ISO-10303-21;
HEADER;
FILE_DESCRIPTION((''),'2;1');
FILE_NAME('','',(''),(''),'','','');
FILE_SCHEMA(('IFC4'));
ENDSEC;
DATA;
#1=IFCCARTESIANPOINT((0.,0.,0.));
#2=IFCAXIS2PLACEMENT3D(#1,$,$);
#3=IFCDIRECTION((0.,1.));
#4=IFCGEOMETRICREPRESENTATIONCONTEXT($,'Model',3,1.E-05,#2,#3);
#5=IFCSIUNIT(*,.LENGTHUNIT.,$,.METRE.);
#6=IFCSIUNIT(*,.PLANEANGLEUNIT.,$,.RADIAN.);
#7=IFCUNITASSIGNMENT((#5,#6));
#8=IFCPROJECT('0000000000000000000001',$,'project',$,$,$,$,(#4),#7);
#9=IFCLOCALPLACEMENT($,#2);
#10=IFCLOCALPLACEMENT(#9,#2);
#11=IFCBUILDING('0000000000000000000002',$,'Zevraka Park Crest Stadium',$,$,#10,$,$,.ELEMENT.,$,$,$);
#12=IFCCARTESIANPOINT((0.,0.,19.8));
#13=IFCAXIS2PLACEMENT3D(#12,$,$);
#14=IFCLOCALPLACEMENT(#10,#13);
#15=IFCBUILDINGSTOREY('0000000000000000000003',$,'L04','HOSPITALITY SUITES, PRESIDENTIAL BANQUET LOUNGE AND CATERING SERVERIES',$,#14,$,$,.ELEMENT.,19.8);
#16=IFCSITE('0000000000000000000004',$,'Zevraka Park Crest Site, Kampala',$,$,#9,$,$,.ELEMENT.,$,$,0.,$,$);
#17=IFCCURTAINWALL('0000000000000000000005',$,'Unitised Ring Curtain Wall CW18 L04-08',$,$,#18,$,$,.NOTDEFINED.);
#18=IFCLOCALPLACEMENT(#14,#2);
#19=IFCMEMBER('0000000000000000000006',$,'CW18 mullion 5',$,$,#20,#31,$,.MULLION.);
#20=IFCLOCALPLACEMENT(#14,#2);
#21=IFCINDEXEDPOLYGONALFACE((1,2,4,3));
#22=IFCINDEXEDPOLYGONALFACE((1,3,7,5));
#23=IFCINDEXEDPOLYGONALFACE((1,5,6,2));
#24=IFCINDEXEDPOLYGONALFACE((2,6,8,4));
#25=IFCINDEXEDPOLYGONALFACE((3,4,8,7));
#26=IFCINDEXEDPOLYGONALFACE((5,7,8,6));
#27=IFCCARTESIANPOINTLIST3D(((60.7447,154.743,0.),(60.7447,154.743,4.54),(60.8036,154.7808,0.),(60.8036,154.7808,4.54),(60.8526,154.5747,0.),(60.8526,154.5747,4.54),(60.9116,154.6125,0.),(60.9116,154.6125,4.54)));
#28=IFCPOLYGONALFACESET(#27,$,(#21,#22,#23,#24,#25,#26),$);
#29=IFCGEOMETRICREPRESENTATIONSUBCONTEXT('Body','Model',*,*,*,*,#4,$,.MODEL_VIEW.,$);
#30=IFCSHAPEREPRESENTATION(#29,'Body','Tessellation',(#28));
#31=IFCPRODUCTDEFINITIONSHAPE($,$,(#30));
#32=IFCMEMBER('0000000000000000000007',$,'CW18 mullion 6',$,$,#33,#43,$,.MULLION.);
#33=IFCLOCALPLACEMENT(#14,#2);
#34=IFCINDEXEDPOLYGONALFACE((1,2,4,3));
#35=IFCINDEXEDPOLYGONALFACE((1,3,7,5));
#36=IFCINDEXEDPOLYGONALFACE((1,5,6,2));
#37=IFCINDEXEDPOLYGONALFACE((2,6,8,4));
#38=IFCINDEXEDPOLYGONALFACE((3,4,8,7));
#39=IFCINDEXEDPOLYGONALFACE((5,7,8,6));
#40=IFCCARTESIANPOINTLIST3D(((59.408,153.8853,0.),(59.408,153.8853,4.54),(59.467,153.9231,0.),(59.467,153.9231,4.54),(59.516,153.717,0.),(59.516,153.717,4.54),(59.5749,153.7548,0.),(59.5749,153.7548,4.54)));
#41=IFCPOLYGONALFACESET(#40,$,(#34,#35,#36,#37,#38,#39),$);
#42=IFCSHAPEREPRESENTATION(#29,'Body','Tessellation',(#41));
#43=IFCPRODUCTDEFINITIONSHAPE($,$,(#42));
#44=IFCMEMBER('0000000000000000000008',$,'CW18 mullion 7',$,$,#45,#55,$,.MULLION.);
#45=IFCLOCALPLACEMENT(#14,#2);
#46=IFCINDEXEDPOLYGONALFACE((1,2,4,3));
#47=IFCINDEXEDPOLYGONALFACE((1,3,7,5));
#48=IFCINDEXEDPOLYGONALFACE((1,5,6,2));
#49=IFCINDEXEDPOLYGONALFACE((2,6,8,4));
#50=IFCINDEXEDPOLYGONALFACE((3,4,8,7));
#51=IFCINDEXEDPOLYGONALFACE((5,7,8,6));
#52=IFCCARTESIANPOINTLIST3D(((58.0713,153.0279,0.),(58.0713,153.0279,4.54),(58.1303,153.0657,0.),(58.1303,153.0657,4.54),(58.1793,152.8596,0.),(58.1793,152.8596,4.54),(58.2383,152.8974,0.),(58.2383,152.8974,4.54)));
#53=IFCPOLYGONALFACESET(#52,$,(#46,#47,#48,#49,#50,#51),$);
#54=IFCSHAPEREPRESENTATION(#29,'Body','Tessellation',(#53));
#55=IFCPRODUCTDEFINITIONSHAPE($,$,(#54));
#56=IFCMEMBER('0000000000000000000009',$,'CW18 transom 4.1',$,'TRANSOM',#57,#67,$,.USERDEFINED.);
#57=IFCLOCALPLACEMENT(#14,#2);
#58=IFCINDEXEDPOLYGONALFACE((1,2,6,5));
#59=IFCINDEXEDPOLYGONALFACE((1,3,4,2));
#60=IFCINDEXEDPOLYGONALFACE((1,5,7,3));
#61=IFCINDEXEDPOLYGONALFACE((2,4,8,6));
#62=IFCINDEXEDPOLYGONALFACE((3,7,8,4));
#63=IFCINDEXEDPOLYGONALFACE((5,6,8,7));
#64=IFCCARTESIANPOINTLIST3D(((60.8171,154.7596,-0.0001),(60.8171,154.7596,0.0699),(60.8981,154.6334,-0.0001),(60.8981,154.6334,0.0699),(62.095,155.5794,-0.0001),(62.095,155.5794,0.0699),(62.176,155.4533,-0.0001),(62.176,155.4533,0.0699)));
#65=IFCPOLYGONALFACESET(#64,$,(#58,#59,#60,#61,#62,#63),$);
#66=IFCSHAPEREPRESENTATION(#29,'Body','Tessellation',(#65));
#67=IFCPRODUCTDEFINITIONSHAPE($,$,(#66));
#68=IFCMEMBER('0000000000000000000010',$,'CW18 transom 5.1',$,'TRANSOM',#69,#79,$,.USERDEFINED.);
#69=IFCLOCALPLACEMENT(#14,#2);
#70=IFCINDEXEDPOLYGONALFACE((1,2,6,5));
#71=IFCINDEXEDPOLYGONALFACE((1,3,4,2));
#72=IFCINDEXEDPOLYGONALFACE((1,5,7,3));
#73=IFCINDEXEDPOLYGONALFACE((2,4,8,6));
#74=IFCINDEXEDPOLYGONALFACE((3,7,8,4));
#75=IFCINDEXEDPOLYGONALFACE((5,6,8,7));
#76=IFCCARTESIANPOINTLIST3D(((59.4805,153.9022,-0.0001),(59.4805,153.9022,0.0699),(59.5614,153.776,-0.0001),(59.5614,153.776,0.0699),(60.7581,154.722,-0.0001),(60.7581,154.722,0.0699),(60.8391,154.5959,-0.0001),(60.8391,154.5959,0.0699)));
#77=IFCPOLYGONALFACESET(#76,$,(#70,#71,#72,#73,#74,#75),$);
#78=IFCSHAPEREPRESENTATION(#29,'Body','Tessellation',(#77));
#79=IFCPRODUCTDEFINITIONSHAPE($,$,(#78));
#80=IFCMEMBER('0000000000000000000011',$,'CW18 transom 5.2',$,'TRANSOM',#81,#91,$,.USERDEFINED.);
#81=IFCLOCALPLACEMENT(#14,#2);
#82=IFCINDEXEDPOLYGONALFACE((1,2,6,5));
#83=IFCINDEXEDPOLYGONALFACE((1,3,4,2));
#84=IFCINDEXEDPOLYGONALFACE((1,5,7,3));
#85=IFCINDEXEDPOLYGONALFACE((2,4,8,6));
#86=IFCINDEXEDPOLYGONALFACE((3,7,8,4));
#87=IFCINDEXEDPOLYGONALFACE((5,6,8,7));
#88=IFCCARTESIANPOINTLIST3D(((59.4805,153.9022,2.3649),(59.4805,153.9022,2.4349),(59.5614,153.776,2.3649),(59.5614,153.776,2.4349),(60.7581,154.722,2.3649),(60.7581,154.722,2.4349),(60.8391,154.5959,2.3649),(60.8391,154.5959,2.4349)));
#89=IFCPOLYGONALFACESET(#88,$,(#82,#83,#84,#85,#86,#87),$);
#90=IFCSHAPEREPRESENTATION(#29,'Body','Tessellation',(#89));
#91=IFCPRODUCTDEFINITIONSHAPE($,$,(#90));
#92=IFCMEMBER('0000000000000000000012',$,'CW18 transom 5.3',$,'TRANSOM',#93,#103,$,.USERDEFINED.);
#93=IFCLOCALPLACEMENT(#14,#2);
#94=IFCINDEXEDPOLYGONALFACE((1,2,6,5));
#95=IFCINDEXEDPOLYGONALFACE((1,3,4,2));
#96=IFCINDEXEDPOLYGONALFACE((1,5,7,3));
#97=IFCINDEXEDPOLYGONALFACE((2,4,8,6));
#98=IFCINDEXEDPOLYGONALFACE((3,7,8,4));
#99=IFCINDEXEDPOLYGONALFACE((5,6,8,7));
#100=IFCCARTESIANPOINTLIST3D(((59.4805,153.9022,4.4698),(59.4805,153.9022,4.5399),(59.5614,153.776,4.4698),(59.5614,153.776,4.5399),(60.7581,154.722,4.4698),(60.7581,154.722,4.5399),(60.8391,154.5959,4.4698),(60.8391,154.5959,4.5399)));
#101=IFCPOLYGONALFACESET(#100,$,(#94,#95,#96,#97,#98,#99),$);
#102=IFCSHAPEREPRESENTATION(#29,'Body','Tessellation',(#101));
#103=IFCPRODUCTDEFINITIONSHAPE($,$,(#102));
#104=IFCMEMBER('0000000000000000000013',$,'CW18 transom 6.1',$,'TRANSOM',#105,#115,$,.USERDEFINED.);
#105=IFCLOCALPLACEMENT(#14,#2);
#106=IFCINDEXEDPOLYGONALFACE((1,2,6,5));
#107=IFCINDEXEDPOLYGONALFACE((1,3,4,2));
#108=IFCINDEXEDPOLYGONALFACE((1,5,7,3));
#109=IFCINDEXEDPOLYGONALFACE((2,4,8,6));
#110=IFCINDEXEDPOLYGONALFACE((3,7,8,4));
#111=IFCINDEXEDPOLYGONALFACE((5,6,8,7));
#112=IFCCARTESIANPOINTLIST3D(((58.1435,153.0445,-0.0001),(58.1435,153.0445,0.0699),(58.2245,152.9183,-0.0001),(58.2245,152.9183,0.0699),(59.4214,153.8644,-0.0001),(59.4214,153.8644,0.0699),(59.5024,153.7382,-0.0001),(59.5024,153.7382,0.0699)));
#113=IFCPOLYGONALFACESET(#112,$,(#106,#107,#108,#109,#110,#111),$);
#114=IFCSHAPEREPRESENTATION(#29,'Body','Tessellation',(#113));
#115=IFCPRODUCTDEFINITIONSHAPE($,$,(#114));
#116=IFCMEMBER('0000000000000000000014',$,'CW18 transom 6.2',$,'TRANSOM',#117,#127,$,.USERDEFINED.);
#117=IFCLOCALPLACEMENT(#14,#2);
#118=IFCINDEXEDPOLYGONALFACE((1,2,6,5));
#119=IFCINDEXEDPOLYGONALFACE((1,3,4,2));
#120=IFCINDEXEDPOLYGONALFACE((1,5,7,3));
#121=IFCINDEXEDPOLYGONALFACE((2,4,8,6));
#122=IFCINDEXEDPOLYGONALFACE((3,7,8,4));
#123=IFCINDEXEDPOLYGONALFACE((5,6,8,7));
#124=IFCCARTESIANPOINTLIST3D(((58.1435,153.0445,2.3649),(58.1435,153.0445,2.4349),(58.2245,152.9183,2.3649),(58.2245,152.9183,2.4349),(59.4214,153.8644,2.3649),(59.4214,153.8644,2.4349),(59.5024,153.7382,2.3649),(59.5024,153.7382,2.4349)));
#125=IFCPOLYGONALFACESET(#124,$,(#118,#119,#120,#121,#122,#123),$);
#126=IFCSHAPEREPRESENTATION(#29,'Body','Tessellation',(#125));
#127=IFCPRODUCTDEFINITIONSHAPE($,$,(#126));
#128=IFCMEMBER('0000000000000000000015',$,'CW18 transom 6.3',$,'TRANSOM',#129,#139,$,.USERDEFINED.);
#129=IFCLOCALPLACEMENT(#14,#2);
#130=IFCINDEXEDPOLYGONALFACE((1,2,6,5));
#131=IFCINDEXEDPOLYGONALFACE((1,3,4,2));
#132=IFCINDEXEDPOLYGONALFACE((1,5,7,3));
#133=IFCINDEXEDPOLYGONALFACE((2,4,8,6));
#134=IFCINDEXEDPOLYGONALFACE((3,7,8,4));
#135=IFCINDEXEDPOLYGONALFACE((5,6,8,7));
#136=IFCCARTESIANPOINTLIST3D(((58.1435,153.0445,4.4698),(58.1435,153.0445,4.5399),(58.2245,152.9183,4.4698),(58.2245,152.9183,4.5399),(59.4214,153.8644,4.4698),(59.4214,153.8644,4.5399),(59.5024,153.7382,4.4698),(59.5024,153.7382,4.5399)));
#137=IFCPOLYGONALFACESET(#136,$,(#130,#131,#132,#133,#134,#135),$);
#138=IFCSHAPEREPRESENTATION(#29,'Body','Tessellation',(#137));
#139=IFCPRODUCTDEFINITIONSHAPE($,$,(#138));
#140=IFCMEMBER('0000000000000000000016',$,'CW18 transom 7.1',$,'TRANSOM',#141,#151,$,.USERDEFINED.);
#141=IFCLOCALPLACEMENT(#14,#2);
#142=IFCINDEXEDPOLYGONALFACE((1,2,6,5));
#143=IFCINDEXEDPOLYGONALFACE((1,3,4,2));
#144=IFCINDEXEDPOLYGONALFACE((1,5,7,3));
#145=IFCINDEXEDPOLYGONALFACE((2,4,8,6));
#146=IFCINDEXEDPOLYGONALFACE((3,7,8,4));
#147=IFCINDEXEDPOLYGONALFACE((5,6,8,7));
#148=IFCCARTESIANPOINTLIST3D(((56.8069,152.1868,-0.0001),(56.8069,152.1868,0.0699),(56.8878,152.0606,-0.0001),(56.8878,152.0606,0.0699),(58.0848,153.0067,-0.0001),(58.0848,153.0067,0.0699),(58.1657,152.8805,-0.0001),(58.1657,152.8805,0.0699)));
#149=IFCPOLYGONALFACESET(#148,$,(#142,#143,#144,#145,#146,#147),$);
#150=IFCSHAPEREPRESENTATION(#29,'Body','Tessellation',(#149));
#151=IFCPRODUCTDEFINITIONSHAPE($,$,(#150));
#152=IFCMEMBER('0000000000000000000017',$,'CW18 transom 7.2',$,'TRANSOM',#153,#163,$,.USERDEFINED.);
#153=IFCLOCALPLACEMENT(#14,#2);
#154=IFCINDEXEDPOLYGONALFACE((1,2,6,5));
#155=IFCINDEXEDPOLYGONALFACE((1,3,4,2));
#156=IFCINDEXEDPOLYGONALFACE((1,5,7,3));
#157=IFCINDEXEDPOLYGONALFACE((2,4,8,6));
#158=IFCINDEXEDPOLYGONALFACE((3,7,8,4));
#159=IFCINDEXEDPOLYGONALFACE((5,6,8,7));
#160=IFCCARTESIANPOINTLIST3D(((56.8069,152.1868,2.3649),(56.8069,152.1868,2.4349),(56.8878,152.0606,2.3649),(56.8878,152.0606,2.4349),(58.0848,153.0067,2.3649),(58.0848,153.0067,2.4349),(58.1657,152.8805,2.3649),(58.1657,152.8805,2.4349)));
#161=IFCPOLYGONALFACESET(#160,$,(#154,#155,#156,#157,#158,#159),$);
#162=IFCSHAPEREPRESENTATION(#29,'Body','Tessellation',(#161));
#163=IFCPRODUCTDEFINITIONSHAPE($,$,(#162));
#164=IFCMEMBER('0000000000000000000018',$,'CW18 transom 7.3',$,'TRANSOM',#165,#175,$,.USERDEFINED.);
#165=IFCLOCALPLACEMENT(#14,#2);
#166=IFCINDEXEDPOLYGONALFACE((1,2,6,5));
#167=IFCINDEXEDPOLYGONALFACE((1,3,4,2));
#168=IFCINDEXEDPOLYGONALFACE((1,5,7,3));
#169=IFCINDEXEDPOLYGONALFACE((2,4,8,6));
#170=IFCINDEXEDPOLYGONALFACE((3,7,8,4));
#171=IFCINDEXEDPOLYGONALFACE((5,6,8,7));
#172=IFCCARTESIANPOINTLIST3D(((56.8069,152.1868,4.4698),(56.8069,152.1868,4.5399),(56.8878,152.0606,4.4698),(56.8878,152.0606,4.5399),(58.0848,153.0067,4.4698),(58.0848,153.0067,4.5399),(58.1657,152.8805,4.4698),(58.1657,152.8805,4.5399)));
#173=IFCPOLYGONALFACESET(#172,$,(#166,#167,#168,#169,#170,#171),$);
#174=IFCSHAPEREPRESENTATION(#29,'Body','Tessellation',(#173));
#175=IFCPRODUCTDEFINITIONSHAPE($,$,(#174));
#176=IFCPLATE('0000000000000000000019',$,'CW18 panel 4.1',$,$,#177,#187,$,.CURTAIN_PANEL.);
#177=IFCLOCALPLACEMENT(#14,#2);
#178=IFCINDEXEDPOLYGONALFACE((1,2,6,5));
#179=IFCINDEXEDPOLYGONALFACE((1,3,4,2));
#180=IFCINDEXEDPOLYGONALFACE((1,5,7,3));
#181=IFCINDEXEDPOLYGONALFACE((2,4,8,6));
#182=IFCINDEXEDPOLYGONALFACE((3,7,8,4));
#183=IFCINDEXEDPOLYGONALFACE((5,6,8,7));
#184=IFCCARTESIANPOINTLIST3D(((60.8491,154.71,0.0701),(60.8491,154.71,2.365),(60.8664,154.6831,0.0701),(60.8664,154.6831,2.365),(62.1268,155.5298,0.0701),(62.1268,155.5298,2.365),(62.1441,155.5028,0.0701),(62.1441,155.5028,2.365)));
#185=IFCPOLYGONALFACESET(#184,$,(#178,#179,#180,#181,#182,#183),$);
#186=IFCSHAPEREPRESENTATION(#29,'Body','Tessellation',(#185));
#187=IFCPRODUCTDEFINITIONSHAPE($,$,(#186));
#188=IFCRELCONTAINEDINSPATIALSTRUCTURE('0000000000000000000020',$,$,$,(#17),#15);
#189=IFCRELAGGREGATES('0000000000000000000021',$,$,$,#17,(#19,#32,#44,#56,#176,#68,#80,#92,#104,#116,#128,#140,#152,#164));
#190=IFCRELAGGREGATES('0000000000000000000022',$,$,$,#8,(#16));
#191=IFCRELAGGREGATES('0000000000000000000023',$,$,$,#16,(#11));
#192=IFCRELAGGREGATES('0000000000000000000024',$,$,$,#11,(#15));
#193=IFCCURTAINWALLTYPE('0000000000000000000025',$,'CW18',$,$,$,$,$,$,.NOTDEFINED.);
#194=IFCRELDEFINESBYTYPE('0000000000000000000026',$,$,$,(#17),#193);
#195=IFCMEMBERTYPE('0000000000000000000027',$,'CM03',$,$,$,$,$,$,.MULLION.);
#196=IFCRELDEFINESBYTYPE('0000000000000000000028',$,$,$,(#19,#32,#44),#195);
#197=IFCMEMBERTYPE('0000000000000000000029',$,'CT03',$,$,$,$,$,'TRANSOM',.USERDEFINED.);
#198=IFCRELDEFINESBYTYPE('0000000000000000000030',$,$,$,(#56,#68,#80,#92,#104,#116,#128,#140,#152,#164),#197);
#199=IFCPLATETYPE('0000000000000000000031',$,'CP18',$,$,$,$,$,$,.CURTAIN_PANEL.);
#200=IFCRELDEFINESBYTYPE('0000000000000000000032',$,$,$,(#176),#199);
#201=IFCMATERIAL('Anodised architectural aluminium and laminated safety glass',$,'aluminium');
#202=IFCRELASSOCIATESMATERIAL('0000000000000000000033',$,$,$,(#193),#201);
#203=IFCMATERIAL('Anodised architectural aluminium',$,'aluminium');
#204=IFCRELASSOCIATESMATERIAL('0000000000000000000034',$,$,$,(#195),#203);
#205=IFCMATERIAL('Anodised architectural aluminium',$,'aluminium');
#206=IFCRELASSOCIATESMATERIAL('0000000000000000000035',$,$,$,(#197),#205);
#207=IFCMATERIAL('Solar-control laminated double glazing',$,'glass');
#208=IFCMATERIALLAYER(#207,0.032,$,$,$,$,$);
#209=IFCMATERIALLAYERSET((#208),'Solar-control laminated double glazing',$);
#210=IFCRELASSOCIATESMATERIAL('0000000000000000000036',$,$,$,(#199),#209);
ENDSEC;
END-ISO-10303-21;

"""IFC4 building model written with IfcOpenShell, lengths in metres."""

from ifc_helpers import new_model, si_unit, direction, frame, origin, origin_2d, place, context, subcontext, project, spatial, rectangle, extrude, material, layer, layer_set, material_profile, profile_set, type_object, element, aggregate, save


model = new_model("IFC4")

# Units and contexts
model_context = context("Model", 3, precision=1e-05, world=origin(), true_north=direction((0.0, 1.0)))
body_context = subcontext(model_context, "Body", "Model", "MODEL_VIEW")
ifc_project = project(units=[si_unit("LENGTHUNIT", "METRE"), si_unit("PLANEANGLEUNIT", "RADIAN")], contexts=[model_context])

# Site, building, storey
site_placement = place(None, origin())
site = spatial("IfcSite", under=ifc_project, at=site_placement, Name="Zevraka Park Crest Site, Kampala", CompositionType="ELEMENT", RefElevation=0.0)
building_placement = place(site_placement, origin())
building = spatial("IfcBuilding", under=site, at=building_placement, Name="Zevraka Park Crest Stadium", CompositionType="ELEMENT")
storey_placement = place(building_placement, frame((0.0, 0.0, 19.8)))
storey = spatial("IfcBuildingStorey", under=building, at=storey_placement, Name="L04", Description="HOSPITALITY SUITES, PRESIDENTIAL BANQUET LOUNGE AND CATERING SERVERIES", CompositionType="ELEMENT", Elevation=19.8)

# Curtain wall, members, plate
ifc_material_1 = material(Name="Anodised architectural aluminium and laminated safety glass", Category="aluminium")
curtain_wall_type = type_object("IfcCurtainWallType", Name="CW18", PredefinedType="NOTDEFINED", material=ifc_material_1)
curtain_wall_placement = place(storey_placement, origin())
curtain_wall = element("IfcCurtainWall", 1, at=curtain_wall_placement, inside=storey, type_object=curtain_wall_type, Name="Unitised Ring Curtain Wall CW18 L04-08", PredefinedType="NOTDEFINED")
ifc_material_2 = material(Name="Anodised architectural aluminium", Category="aluminium")
ifc_material_profile_1 = material_profile(ifc_material_2, rectangle(XDim=0.2, YDim=0.0701, at=origin_2d()), Name="ALU MULLION 200x70")
ifc_profile_set_1 = profile_set([ifc_material_profile_1], Name="Anodised architectural aluminium")
member_type_1 = type_object("IfcMemberType", Name="CM03", PredefinedType="MULLION", material=ifc_profile_set_1)
member_1_placement = place(storey_placement, frame((60.8281, 154.6777, 0.0), z_axis=(0.0, 0.0, 1.0), x_axis=(0.53998, -0.841678, 0.0)))
member_1 = element("IfcMember", 2, at=member_1_placement, type_object=member_type_1, Name="CW18 mullion 5", PredefinedType="MULLION", context=body_context, shape_type="SweptSolid", body=[
    extrude(rectangle(XDim=0.2, YDim=0.0701, at=origin_2d()), origin(), (0.0, 0.0, 1.0), 4.54),
])
member_2_placement = place(storey_placement, frame((59.4915, 153.8201, 0.0), z_axis=(0.0, 0.0, 1.0), x_axis=(0.53998, -0.841678, 0.0)))
member_2 = element("IfcMember", 3, at=member_2_placement, type_object=member_type_1, Name="CW18 mullion 6", PredefinedType="MULLION", context=body_context, shape_type="SweptSolid", body=[
    extrude(rectangle(XDim=0.2, YDim=0.0701, at=origin_2d()), origin(), (0.0, 0.0, 1.0), 4.54),
])
member_3_placement = place(storey_placement, frame((58.1548, 152.9626, 0.0), z_axis=(0.0, 0.0, 1.0), x_axis=(0.53998, -0.841678, 0.0)))
member_3 = element("IfcMember", 4, at=member_3_placement, type_object=member_type_1, Name="CW18 mullion 7", PredefinedType="MULLION", context=body_context, shape_type="SweptSolid", body=[
    extrude(rectangle(XDim=0.2, YDim=0.0701, at=origin_2d()), origin(), (0.0, 0.0, 1.0), 4.54),
])
ifc_material_3 = material(Name="Anodised architectural aluminium", Category="aluminium")
ifc_material_profile_2 = material_profile(ifc_material_3, rectangle(XDim=0.1499, YDim=0.0701, at=origin_2d()), Name="ALU TRANSOM 150x70")
ifc_profile_set_2 = profile_set([ifc_material_profile_2], Name="Anodised architectural aluminium")
member_type_2 = type_object("IfcMemberType", Name="CT03", ElementType="TRANSOM", PredefinedType="USERDEFINED", material=ifc_profile_set_2)
member_4_placement = place(storey_placement, frame((62.1355, 155.5164, 0.0349), z_axis=(-0.841669, -0.539993, 0.0), x_axis=(0.539993, -0.841669, 0.0)))
member_4 = element("IfcMember", 5, at=member_4_placement, type_object=member_type_2, Name="CW18 transom 4.1", ObjectType="TRANSOM", PredefinedType="USERDEFINED", context=body_context, shape_type="SweptSolid", body=[
    extrude(rectangle(XDim=0.1499, YDim=0.0701, at=origin_2d()), origin(), (0.0, 0.0, 1.0), 1.5183),
])
member_5_placement = place(storey_placement, frame((60.7986, 154.6589, 0.0349), z_axis=(-0.841622, -0.540066, 0.0), x_axis=(0.540066, -0.841622, 0.0)))
member_5 = element("IfcMember", 6, at=member_5_placement, type_object=member_type_2, Name="CW18 transom 5.1", ObjectType="TRANSOM", PredefinedType="USERDEFINED", context=body_context, shape_type="SweptSolid", body=[
    extrude(rectangle(XDim=0.1499, YDim=0.0701, at=origin_2d()), origin(), (0.0, 0.0, 1.0), 1.5181),
])
member_6_placement = place(storey_placement, frame((60.7986, 154.6589, 2.3999), z_axis=(-0.841622, -0.540066, 0.0), x_axis=(0.540066, -0.841622, 0.0)))
member_6 = element("IfcMember", 7, at=member_6_placement, type_object=member_type_2, Name="CW18 transom 5.2", ObjectType="TRANSOM", PredefinedType="USERDEFINED", context=body_context, shape_type="SweptSolid", body=[
    extrude(rectangle(XDim=0.1499, YDim=0.0701, at=origin_2d()), origin(), (0.0, 0.0, 1.0), 1.5181),
])
member_7_placement = place(storey_placement, frame((60.7986, 154.6589, 4.5049), z_axis=(-0.841622, -0.540066, 0.0), x_axis=(0.540066, -0.841622, 0.0)))
member_7 = element("IfcMember", 8, at=member_7_placement, type_object=member_type_2, Name="CW18 transom 5.3", ObjectType="TRANSOM", PredefinedType="USERDEFINED", context=body_context, shape_type="SweptSolid", body=[
    extrude(rectangle(XDim=0.1499, YDim=0.0701, at=origin_2d()), origin(), (0.0, 0.0, 1.0), 1.5181),
])
member_8_placement = place(storey_placement, frame((59.4619, 153.8013, 0.0349), z_axis=(-0.841669, -0.539993, 0.0), x_axis=(0.539993, -0.841669, 0.0)))
member_8 = element("IfcMember", 9, at=member_8_placement, type_object=member_type_2, Name="CW18 transom 6.1", ObjectType="TRANSOM", PredefinedType="USERDEFINED", context=body_context, shape_type="SweptSolid", body=[
    extrude(rectangle(XDim=0.1499, YDim=0.0701, at=origin_2d()), origin(), (0.0, 0.0, 1.0), 1.5183),
])
member_9_placement = place(storey_placement, frame((59.4619, 153.8013, 2.3999), z_axis=(-0.841669, -0.539993, 0.0), x_axis=(0.539993, -0.841669, 0.0)))
member_9 = element("IfcMember", 10, at=member_9_placement, type_object=member_type_2, Name="CW18 transom 6.2", ObjectType="TRANSOM", PredefinedType="USERDEFINED", context=body_context, shape_type="SweptSolid", body=[
    extrude(rectangle(XDim=0.1499, YDim=0.0701, at=origin_2d()), origin(), (0.0, 0.0, 1.0), 1.5183),
])
member_10_placement = place(storey_placement, frame((59.4619, 153.8013, 4.5049), z_axis=(-0.841669, -0.539993, 0.0), x_axis=(0.539993, -0.841669, 0.0)))
member_10 = element("IfcMember", 11, at=member_10_placement, type_object=member_type_2, Name="CW18 transom 6.3", ObjectType="TRANSOM", PredefinedType="USERDEFINED", context=body_context, shape_type="SweptSolid", body=[
    extrude(rectangle(XDim=0.1499, YDim=0.0701, at=origin_2d()), origin(), (0.0, 0.0, 1.0), 1.5183),
])
member_11_placement = place(storey_placement, frame((58.1252, 152.9436, 0.0349), z_axis=(-0.841669, -0.539993, 0.0), x_axis=(0.539993, -0.841669, 0.0)))
member_11 = element("IfcMember", 12, at=member_11_placement, type_object=member_type_2, Name="CW18 transom 7.1", ObjectType="TRANSOM", PredefinedType="USERDEFINED", context=body_context, shape_type="SweptSolid", body=[
    extrude(rectangle(XDim=0.1499, YDim=0.0701, at=origin_2d()), origin(), (0.0, 0.0, 1.0), 1.5183),
])
member_12_placement = place(storey_placement, frame((58.1252, 152.9436, 2.3999), z_axis=(-0.841669, -0.539993, 0.0), x_axis=(0.539993, -0.841669, 0.0)))
member_12 = element("IfcMember", 13, at=member_12_placement, type_object=member_type_2, Name="CW18 transom 7.2", ObjectType="TRANSOM", PredefinedType="USERDEFINED", context=body_context, shape_type="SweptSolid", body=[
    extrude(rectangle(XDim=0.1499, YDim=0.0701, at=origin_2d()), origin(), (0.0, 0.0, 1.0), 1.5183),
])
member_13_placement = place(storey_placement, frame((58.1252, 152.9436, 4.5049), z_axis=(-0.841669, -0.539993, 0.0), x_axis=(0.539993, -0.841669, 0.0)))
member_13 = element("IfcMember", 14, at=member_13_placement, type_object=member_type_2, Name="CW18 transom 7.3", ObjectType="TRANSOM", PredefinedType="USERDEFINED", context=body_context, shape_type="SweptSolid", body=[
    extrude(rectangle(XDim=0.1499, YDim=0.0701, at=origin_2d()), origin(), (0.0, 0.0, 1.0), 1.5183),
])
ifc_material_4 = material(Name="Solar-control laminated double glazing", Category="glass")
ifc_layer_1 = layer(ifc_material_4, 0.032)
ifc_layer_set_1 = layer_set([ifc_layer_1], Name="Solar-control laminated double glazing")
plate_type = type_object("IfcPlateType", Name="CP18", PredefinedType="CURTAIN_PANEL", material=ifc_layer_set_1)
plate_1_placement = place(storey_placement, frame((61.4966, 155.1064, 0.0701), z_axis=(0.0, 0.0, 1.0), x_axis=(-0.841678, -0.53998, 0.0)))
plate_1 = element("IfcPlate", 15, at=plate_1_placement, type_object=plate_type, Name="CW18 panel 4.1", PredefinedType="CURTAIN_PANEL", context=body_context, shape_type="SweptSolid", body=[
    extrude(rectangle(XDim=1.5181, YDim=0.032, at=origin_2d()), origin(), (0.0, 0.0, 1.0), 2.2949),
])
aggregate(curtain_wall, [member_1, member_2, member_3, member_4, plate_1, member_5, member_6, member_7, member_8, member_9, member_10, member_11, member_12, member_13])

save(model, "model.ifc")
